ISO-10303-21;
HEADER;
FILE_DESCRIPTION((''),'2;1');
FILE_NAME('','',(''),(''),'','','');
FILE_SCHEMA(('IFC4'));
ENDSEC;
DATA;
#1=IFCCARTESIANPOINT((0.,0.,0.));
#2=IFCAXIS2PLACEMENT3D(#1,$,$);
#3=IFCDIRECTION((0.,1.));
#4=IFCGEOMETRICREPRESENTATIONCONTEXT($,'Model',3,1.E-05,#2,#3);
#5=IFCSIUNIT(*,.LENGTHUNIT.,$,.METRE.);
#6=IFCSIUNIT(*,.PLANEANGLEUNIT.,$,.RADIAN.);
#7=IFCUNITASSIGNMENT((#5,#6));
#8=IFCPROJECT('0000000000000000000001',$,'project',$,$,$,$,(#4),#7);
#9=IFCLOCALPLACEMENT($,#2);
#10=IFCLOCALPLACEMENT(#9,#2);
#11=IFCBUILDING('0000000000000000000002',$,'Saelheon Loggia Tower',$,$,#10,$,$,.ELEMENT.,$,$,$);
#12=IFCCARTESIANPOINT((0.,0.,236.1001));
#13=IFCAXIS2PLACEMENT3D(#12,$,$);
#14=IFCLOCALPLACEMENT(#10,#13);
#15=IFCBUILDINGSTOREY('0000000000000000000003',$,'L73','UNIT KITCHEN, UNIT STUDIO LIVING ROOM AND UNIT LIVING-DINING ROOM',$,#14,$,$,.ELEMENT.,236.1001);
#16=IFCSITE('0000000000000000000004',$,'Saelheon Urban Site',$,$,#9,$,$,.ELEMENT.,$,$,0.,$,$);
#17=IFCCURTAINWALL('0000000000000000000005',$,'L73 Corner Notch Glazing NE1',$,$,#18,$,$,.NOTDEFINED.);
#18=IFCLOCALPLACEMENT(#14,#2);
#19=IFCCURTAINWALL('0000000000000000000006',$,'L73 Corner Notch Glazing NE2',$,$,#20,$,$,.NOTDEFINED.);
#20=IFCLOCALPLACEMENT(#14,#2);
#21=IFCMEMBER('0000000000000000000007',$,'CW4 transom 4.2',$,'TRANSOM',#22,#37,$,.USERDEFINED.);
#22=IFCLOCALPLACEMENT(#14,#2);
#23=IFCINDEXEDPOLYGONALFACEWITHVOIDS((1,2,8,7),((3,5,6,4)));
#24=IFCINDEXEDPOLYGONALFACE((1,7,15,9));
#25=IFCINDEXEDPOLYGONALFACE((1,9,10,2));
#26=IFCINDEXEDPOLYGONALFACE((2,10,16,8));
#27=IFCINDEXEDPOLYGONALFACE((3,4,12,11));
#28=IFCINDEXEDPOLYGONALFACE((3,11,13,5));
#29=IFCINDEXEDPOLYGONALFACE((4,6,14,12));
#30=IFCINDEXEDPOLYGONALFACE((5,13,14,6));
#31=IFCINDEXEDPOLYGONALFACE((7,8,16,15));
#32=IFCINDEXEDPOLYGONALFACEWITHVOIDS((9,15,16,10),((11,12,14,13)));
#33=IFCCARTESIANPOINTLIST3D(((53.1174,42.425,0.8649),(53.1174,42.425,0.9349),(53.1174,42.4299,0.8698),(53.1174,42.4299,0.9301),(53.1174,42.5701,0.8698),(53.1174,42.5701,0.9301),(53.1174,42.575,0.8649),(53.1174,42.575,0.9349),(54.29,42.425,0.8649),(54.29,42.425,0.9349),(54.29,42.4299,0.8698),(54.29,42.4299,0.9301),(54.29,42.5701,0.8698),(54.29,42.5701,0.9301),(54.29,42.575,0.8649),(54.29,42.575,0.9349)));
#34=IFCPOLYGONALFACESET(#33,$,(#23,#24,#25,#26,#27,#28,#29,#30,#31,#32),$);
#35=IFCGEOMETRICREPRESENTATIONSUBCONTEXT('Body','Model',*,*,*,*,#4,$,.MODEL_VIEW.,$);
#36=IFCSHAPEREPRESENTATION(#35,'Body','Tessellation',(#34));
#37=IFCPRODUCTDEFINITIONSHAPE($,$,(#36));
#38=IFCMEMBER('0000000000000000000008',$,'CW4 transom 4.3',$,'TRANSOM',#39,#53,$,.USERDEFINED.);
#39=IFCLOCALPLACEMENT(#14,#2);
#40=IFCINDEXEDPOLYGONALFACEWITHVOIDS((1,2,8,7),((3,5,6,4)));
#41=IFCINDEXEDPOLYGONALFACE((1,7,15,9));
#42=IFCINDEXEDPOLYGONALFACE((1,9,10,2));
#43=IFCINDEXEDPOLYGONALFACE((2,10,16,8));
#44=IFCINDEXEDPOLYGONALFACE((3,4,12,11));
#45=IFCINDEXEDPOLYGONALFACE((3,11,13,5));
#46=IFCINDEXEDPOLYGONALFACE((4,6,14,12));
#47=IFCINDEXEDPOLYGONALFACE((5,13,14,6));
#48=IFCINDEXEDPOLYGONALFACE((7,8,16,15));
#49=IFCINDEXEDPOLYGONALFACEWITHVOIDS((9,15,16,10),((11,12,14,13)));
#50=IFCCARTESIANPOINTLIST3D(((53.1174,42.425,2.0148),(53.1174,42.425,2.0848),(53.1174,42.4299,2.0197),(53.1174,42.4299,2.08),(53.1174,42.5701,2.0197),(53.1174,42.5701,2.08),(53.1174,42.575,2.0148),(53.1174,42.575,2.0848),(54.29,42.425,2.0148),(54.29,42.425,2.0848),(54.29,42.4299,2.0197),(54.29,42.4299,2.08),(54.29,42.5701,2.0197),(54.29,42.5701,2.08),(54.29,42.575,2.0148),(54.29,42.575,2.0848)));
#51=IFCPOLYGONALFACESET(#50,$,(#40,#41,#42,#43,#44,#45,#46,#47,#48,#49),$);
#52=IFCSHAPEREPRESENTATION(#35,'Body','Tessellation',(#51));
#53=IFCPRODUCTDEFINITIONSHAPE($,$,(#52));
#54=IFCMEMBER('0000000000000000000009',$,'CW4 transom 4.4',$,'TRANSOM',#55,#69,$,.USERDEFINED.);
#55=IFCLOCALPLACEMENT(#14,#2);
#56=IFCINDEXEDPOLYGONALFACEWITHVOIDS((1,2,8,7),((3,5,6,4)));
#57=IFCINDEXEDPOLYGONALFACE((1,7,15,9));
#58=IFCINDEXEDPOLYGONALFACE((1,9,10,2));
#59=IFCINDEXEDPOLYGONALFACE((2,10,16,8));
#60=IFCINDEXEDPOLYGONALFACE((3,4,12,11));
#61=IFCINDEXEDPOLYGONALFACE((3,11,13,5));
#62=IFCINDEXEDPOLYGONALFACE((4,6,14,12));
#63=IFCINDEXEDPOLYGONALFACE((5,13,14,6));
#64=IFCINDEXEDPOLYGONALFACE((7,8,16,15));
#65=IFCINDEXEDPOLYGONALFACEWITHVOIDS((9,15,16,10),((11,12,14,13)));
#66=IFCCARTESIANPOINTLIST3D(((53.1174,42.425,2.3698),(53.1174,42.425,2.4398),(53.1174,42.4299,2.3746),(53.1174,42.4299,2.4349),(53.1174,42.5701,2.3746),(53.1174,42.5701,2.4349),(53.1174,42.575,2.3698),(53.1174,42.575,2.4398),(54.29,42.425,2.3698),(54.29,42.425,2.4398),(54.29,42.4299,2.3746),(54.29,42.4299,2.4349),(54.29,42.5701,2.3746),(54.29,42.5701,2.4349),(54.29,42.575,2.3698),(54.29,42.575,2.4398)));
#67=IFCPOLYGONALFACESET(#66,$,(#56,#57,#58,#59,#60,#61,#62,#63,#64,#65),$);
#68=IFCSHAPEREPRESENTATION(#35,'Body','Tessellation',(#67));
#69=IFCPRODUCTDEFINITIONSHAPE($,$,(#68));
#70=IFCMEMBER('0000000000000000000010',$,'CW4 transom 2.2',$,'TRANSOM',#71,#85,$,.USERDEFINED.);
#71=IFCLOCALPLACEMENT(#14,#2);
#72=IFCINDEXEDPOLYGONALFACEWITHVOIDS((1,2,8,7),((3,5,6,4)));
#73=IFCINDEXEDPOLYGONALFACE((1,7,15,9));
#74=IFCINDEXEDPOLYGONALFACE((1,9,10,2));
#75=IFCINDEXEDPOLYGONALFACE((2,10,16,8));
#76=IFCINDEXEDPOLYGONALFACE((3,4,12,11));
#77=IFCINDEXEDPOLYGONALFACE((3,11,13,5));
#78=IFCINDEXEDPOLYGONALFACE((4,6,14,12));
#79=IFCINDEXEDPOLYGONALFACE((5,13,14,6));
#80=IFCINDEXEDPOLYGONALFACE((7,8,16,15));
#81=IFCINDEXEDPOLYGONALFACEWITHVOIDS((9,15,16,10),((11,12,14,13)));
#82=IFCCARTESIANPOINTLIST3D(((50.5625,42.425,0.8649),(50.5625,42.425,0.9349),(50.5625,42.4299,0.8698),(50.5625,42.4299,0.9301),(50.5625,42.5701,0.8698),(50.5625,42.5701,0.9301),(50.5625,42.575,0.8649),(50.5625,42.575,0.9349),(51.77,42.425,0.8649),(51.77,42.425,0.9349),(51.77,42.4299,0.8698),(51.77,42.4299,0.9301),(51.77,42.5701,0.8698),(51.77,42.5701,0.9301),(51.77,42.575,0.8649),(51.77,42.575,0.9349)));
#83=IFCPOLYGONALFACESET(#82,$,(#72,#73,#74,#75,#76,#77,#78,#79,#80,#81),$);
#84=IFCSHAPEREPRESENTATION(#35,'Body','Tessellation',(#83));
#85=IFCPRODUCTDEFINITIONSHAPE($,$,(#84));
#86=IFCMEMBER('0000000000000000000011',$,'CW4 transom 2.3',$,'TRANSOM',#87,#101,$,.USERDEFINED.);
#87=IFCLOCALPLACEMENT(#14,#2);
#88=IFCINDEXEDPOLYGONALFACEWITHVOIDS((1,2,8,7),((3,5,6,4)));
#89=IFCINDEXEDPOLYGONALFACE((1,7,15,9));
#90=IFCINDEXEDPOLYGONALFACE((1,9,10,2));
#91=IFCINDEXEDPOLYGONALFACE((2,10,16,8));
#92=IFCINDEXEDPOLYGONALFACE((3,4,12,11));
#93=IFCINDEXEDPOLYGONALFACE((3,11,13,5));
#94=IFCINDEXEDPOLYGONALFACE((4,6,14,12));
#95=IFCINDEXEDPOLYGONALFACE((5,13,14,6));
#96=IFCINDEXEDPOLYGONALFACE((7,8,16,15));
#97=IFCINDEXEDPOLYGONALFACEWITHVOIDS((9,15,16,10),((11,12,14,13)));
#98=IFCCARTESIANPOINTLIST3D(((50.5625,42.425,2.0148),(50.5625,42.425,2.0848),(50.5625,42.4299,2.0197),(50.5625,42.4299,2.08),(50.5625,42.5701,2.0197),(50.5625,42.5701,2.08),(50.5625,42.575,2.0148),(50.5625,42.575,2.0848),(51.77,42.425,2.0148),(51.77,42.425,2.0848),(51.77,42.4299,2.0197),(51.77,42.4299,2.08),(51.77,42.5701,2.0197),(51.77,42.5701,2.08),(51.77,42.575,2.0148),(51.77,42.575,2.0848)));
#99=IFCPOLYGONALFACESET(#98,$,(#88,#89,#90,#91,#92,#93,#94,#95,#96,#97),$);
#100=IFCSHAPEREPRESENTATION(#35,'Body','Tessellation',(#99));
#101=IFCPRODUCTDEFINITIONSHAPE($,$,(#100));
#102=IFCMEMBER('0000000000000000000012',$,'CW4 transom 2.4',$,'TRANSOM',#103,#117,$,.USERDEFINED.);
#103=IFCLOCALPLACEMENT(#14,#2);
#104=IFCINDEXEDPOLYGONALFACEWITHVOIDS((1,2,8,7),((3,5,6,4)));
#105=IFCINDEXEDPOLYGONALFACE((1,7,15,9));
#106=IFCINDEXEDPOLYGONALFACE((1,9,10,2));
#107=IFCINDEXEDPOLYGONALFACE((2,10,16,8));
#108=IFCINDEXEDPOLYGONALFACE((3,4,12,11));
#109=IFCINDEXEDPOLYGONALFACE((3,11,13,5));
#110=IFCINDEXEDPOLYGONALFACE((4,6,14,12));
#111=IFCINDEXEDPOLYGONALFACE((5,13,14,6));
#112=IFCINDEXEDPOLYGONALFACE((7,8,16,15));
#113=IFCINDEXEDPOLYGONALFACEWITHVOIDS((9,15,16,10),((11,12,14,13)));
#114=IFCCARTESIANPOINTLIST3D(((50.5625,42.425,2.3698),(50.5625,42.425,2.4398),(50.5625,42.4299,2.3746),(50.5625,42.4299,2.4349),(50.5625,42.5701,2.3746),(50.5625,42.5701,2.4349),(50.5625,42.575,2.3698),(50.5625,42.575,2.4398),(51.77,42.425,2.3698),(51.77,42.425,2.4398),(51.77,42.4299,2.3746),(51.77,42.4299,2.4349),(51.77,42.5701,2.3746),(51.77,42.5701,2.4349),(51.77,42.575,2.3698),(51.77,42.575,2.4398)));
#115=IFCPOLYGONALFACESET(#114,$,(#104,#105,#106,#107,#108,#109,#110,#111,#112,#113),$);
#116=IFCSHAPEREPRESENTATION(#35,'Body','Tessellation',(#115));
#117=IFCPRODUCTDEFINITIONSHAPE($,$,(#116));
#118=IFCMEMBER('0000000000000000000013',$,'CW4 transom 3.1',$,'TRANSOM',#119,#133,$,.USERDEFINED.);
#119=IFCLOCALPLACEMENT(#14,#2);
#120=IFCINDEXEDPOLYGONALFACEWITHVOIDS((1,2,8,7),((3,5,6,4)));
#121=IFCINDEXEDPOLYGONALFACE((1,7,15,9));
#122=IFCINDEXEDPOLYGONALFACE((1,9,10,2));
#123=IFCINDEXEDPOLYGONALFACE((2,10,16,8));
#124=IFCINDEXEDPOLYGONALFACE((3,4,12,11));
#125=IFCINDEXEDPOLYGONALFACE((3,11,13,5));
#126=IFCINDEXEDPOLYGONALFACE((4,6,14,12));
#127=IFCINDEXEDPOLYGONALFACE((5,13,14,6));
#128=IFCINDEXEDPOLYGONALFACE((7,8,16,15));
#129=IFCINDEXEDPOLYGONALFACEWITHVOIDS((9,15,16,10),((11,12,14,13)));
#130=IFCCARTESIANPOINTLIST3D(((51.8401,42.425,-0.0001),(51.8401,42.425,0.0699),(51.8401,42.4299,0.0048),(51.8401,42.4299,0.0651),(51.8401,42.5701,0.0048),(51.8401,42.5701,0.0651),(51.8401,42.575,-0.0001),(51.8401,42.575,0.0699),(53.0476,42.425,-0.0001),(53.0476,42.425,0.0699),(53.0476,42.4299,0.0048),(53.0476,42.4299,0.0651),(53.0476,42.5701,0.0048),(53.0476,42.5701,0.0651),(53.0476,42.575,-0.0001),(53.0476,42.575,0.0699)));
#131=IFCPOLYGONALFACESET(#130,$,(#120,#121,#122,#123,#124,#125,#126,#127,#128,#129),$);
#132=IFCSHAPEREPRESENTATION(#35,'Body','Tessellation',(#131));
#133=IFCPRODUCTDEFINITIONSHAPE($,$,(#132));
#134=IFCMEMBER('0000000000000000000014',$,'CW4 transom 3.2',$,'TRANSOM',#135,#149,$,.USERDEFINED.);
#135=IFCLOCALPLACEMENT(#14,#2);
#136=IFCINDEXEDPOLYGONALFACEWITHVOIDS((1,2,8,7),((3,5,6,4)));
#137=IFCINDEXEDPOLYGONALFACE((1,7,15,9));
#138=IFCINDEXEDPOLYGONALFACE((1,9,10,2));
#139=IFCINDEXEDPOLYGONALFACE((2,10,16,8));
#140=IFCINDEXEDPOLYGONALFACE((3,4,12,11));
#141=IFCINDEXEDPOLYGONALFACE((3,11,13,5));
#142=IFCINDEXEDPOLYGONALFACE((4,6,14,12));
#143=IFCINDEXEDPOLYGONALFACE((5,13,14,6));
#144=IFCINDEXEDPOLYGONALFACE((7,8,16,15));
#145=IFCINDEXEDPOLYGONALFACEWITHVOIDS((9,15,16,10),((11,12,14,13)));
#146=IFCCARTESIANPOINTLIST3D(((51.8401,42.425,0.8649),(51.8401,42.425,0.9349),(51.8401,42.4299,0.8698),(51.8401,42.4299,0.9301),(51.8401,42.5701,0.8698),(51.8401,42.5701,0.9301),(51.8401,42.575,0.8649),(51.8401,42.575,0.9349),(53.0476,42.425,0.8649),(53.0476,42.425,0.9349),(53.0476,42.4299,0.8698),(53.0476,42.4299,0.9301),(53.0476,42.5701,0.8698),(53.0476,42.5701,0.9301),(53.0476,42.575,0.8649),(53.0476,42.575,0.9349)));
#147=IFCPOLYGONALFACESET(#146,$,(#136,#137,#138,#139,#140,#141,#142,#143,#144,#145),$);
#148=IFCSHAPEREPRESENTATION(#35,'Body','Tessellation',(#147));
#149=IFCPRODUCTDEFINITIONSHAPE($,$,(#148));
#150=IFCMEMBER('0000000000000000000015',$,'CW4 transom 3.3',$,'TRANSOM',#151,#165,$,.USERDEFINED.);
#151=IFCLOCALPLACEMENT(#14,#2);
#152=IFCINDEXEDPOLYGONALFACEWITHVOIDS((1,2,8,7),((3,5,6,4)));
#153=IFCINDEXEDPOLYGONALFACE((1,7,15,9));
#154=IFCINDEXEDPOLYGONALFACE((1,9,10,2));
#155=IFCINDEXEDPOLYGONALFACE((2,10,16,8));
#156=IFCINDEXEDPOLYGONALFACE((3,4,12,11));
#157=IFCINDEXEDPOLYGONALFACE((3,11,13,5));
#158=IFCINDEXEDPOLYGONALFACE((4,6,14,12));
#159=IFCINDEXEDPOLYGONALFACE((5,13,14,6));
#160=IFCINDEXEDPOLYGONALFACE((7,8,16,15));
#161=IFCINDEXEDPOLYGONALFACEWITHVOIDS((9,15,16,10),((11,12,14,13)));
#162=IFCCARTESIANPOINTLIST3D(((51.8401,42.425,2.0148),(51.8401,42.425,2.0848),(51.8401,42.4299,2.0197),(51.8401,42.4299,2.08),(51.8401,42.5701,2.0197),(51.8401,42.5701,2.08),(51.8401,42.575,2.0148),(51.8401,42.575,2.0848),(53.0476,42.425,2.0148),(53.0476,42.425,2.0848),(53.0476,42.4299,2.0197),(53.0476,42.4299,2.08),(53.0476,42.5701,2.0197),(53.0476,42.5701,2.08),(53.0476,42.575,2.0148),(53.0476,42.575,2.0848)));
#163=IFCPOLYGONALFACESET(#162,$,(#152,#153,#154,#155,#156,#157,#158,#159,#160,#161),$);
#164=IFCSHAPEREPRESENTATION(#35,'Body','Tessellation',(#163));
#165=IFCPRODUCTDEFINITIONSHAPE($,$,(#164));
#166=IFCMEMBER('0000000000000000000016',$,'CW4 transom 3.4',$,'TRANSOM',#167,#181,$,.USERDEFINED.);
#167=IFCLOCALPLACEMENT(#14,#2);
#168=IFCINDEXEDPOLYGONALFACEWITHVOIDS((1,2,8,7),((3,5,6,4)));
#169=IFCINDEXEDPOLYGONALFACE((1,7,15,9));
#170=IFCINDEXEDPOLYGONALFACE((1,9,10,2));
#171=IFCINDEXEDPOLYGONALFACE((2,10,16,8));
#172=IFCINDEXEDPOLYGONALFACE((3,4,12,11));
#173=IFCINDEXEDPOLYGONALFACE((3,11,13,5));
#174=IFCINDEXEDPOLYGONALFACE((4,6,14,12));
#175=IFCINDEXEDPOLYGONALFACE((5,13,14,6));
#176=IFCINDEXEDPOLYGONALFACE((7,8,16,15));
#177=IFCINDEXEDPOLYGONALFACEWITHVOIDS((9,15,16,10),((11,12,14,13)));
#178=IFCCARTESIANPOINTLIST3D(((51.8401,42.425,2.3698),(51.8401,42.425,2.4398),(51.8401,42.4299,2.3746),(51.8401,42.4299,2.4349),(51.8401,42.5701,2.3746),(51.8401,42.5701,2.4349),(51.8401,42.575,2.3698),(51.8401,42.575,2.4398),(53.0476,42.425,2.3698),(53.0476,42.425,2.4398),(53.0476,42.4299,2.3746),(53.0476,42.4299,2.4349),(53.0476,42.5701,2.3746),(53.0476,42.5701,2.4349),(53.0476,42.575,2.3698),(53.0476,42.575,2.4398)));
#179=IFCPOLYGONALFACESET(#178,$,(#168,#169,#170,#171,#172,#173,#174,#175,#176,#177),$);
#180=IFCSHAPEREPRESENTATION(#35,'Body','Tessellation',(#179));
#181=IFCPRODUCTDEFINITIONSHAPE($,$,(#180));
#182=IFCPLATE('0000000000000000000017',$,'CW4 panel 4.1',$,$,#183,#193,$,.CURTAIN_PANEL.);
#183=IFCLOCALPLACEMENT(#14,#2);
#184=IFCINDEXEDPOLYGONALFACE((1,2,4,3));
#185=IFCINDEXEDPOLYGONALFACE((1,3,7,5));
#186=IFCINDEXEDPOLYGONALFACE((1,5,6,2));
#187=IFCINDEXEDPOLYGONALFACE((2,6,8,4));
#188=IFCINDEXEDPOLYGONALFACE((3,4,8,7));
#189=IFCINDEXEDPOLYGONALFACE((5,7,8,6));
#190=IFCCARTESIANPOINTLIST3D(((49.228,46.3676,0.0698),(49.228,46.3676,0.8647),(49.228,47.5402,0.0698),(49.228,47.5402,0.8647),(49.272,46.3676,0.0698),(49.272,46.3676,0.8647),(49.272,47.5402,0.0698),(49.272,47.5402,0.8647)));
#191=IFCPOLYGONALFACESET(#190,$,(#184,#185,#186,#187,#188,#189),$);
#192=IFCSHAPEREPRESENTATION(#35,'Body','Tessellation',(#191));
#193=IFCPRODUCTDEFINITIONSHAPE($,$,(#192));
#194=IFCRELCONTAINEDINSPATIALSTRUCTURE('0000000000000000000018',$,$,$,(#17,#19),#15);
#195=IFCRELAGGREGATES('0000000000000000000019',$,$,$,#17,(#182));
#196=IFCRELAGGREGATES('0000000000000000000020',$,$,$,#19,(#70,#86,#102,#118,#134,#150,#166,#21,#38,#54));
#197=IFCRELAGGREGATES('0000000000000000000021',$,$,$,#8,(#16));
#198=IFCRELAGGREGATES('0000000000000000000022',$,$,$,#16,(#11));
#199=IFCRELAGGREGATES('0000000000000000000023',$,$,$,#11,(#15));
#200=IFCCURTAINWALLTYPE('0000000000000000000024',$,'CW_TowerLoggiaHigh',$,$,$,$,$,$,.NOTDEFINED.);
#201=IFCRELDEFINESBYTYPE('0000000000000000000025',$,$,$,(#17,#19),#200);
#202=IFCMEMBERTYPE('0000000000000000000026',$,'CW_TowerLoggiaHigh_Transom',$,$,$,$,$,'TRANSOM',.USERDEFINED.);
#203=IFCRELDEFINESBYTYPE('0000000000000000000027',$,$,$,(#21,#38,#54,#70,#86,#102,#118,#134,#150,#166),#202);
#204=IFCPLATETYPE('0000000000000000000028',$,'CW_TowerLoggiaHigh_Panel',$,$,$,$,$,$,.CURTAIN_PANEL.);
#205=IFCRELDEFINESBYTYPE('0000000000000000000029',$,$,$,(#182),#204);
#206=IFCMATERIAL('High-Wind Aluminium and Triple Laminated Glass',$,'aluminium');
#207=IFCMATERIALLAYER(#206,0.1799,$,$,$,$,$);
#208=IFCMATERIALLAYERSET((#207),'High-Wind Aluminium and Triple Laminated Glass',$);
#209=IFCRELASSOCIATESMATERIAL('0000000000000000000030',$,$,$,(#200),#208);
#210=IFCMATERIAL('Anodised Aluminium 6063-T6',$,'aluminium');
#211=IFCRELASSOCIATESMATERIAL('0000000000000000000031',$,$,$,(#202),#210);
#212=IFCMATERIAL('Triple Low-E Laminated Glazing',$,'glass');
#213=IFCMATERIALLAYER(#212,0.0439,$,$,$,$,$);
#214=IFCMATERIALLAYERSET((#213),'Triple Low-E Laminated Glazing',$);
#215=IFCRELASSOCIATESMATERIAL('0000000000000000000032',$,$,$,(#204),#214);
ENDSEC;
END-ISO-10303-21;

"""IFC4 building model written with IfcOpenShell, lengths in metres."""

from ifc_helpers import new_model, si_unit, direction, frame, origin, origin_2d, place, context, subcontext, project, spatial, rectangle, hollow_rectangle, extrude, source, transform, mapped, material, layer, layer_set, material_profile, profile_set, type_object, element, aggregate, save


model = new_model("IFC4")

# Units and contexts
model_context = context("Model", 3, precision=1e-05, world=origin(), true_north=direction((0.0, 1.0)))
body_context = subcontext(model_context, "Body", "Model", "MODEL_VIEW")
ifc_project = project(units=[si_unit("LENGTHUNIT", "METRE"), si_unit("PLANEANGLEUNIT", "RADIAN")], contexts=[model_context])

# Site, building, storey
site_placement = place(None, origin())
site = spatial("IfcSite", under=ifc_project, at=site_placement, Name="Saelheon Urban Site", CompositionType="ELEMENT", RefElevation=0.0)
building_placement = place(site_placement, origin())
building = spatial("IfcBuilding", under=site, at=building_placement, Name="Saelheon Loggia Tower", CompositionType="ELEMENT")
storey_placement = place(building_placement, frame((0.0, 0.0, 236.1001)))
storey = spatial("IfcBuildingStorey", under=building, at=storey_placement, Name="L73", Description="UNIT KITCHEN, UNIT STUDIO LIVING ROOM AND UNIT LIVING-DINING ROOM", CompositionType="ELEMENT", Elevation=236.1001)

# Curtain wall
ifc_material_1 = material(Name="High-Wind Aluminium and Triple Laminated Glass", Category="aluminium")
ifc_layer_1 = layer(ifc_material_1, 0.1799)
ifc_layer_set_1 = layer_set([ifc_layer_1], Name="High-Wind Aluminium and Triple Laminated Glass")
curtain_wall_type = type_object("IfcCurtainWallType", Name="CW_TowerLoggiaHigh", PredefinedType="NOTDEFINED", material=ifc_layer_set_1)
curtain_wall_1_placement = place(storey_placement, origin())
curtain_wall_1 = element("IfcCurtainWall", 1, at=curtain_wall_1_placement, inside=storey, type_object=curtain_wall_type, Name="L73 Corner Notch Glazing NE1", PredefinedType="NOTDEFINED")
ifc_material_2 = material(Name="Anodised Aluminium 6063-T6", Category="aluminium")

# Curtain wall
curtain_wall_2_placement = place(storey_placement, origin())
curtain_wall_2 = element("IfcCurtainWall", 2, at=curtain_wall_2_placement, inside=storey, type_object=curtain_wall_type, Name="L73 Corner Notch Glazing NE2", PredefinedType="NOTDEFINED")

# Members
ifc_material_profile_1 = material_profile(ifc_material_2, hollow_rectangle(XDim=0.0701, YDim=0.1499, WallThickness=0.0049, at=origin_2d()), Name="RHS-150x70x5")
ifc_profile_set_1 = profile_set([ifc_material_profile_1], Name="Anodised Aluminium 6063-T6")
member_type_1 = type_object("IfcMemberType", Name="CW_TowerLoggiaHigh_Transom", ElementType="TRANSOM", PredefinedType="USERDEFINED", material=ifc_profile_set_1)
shared_shape_1 = source(origin(), body_context, "Body", "SweptSolid", [
    extrude(hollow_rectangle(XDim=0.0701, YDim=0.1499, WallThickness=0.0049, at=origin_2d()), origin(), (0.0, 0.0, 1.0), 1.1726),
])
member_1_placement = place(storey_placement, frame((53.1174, 42.5, 0.8999), z_axis=(1.0, 0.0, 0.0), x_axis=(0.0, 0.0, 1.0)))
member_1 = element("IfcMember", 3, at=member_1_placement, type_object=member_type_1, Name="CW4 transom 4.2", ObjectType="TRANSOM", PredefinedType="USERDEFINED", context=body_context, shape_type="MappedRepresentation", body=[
    mapped(shared_shape_1, transform((0.0, 0.0, 0.0), scale=1.0)),
])
member_2_placement = place(storey_placement, frame((53.1174, 42.5, 2.0498), z_axis=(1.0, 0.0, 0.0), x_axis=(0.0, 0.0, 1.0)))
member_2 = element("IfcMember", 4, at=member_2_placement, type_object=member_type_1, Name="CW4 transom 4.3", ObjectType="TRANSOM", PredefinedType="USERDEFINED", context=body_context, shape_type="MappedRepresentation", body=[
    mapped(shared_shape_1, transform((0.0, 0.0, 0.0), scale=1.0)),
])
member_3_placement = place(storey_placement, frame((53.1174, 42.5, 2.4048), z_axis=(1.0, 0.0, 0.0), x_axis=(0.0, 0.0, 1.0)))
member_3 = element("IfcMember", 5, at=member_3_placement, type_object=member_type_1, Name="CW4 transom 4.4", ObjectType="TRANSOM", PredefinedType="USERDEFINED", context=body_context, shape_type="MappedRepresentation", body=[
    mapped(shared_shape_1, transform((0.0, 0.0, 0.0), scale=1.0)),
])
shared_shape_2 = source(origin(), body_context, "Body", "SweptSolid", [
    extrude(hollow_rectangle(XDim=0.0701, YDim=0.1499, WallThickness=0.0049, at=origin_2d()), origin(), (0.0, 0.0, 1.0), 1.2075),
])
member_4_placement = place(storey_placement, frame((50.5625, 42.5, 0.8999), z_axis=(1.0, 0.0, 0.0), x_axis=(0.0, 0.0, 1.0)))
member_4 = element("IfcMember", 6, at=member_4_placement, type_object=member_type_1, Name="CW4 transom 2.2", ObjectType="TRANSOM", PredefinedType="USERDEFINED", context=body_context, shape_type="MappedRepresentation", body=[
    mapped(shared_shape_2, transform((0.0, 0.0, 0.0), scale=1.0)),
])
member_5_placement = place(storey_placement, frame((50.5625, 42.5, 2.0498), z_axis=(1.0, 0.0, 0.0), x_axis=(0.0, 0.0, 1.0)))
member_5 = element("IfcMember", 7, at=member_5_placement, type_object=member_type_1, Name="CW4 transom 2.3", ObjectType="TRANSOM", PredefinedType="USERDEFINED", context=body_context, shape_type="MappedRepresentation", body=[
    mapped(shared_shape_2, transform((0.0, 0.0, 0.0), scale=1.0)),
])
member_6_placement = place(storey_placement, frame((50.5625, 42.5, 2.4048), z_axis=(1.0, 0.0, 0.0), x_axis=(0.0, 0.0, 1.0)))
member_6 = element("IfcMember", 8, at=member_6_placement, type_object=member_type_1, Name="CW4 transom 2.4", ObjectType="TRANSOM", PredefinedType="USERDEFINED", context=body_context, shape_type="MappedRepresentation", body=[
    mapped(shared_shape_2, transform((0.0, 0.0, 0.0), scale=1.0)),
])
member_7_placement = place(storey_placement, frame((51.8401, 42.5, 0.0349), z_axis=(1.0, 0.0, 0.0), x_axis=(0.0, 0.0, 1.0)))
member_7 = element("IfcMember", 9, at=member_7_placement, type_object=member_type_1, Name="CW4 transom 3.1", ObjectType="TRANSOM", PredefinedType="USERDEFINED", context=body_context, shape_type="MappedRepresentation", body=[
    mapped(shared_shape_2, transform((0.0, 0.0, 0.0), scale=1.0)),
])
member_8_placement = place(storey_placement, frame((51.8401, 42.5, 0.8999), z_axis=(1.0, 0.0, 0.0), x_axis=(0.0, 0.0, 1.0)))
member_8 = element("IfcMember", 10, at=member_8_placement, type_object=member_type_1, Name="CW4 transom 3.2", ObjectType="TRANSOM", PredefinedType="USERDEFINED", context=body_context, shape_type="MappedRepresentation", body=[
    mapped(shared_shape_2, transform((0.0, 0.0, 0.0), scale=1.0)),
])
member_9_placement = place(storey_placement, frame((51.8401, 42.5, 2.0498), z_axis=(1.0, 0.0, 0.0), x_axis=(0.0, 0.0, 1.0)))
member_9 = element("IfcMember", 11, at=member_9_placement, type_object=member_type_1, Name="CW4 transom 3.3", ObjectType="TRANSOM", PredefinedType="USERDEFINED", context=body_context, shape_type="MappedRepresentation", body=[
    mapped(shared_shape_2, transform((0.0, 0.0, 0.0), scale=1.0)),
])
member_10_placement = place(storey_placement, frame((51.8401, 42.5, 2.4048), z_axis=(1.0, 0.0, 0.0), x_axis=(0.0, 0.0, 1.0)))
member_10 = element("IfcMember", 12, at=member_10_placement, type_object=member_type_1, Name="CW4 transom 3.4", ObjectType="TRANSOM", PredefinedType="USERDEFINED", context=body_context, shape_type="MappedRepresentation", body=[
    mapped(shared_shape_2, transform((0.0, 0.0, 0.0), scale=1.0)),
])

# Plate
ifc_material_3 = material(Name="Triple Low-E Laminated Glazing", Category="glass")
ifc_layer_2 = layer(ifc_material_3, 0.0439)
ifc_layer_set_2 = layer_set([ifc_layer_2], Name="Triple Low-E Laminated Glazing")
plate_type = type_object("IfcPlateType", Name="CW_TowerLoggiaHigh_Panel", PredefinedType="CURTAIN_PANEL", material=ifc_layer_set_2)
shared_shape_3 = source(origin(), body_context, "Body", "SweptSolid", [
    extrude(rectangle(XDim=1.1726, YDim=0.0439, at=origin_2d()), origin(), (0.0, 0.0, 1.0), 0.7949),
])
plate_1_placement = place(storey_placement, frame((49.25, 46.9539, 0.0698), z_axis=(0.0, 0.0, 1.0), x_axis=(0.0, 1.0, 0.0)))
plate_1 = element("IfcPlate", 13, at=plate_1_placement, type_object=plate_type, Name="CW4 panel 4.1", PredefinedType="CURTAIN_PANEL", context=body_context, shape_type="MappedRepresentation", body=[
    mapped(shared_shape_3, transform((0.0, 0.0, 0.0), scale=1.0)),
])
aggregate(curtain_wall_1, [plate_1])
aggregate(curtain_wall_2, [member_4, member_5, member_6, member_7, member_8, member_9, member_10, member_1, member_2, member_3])

save(model, "model.ifc")
